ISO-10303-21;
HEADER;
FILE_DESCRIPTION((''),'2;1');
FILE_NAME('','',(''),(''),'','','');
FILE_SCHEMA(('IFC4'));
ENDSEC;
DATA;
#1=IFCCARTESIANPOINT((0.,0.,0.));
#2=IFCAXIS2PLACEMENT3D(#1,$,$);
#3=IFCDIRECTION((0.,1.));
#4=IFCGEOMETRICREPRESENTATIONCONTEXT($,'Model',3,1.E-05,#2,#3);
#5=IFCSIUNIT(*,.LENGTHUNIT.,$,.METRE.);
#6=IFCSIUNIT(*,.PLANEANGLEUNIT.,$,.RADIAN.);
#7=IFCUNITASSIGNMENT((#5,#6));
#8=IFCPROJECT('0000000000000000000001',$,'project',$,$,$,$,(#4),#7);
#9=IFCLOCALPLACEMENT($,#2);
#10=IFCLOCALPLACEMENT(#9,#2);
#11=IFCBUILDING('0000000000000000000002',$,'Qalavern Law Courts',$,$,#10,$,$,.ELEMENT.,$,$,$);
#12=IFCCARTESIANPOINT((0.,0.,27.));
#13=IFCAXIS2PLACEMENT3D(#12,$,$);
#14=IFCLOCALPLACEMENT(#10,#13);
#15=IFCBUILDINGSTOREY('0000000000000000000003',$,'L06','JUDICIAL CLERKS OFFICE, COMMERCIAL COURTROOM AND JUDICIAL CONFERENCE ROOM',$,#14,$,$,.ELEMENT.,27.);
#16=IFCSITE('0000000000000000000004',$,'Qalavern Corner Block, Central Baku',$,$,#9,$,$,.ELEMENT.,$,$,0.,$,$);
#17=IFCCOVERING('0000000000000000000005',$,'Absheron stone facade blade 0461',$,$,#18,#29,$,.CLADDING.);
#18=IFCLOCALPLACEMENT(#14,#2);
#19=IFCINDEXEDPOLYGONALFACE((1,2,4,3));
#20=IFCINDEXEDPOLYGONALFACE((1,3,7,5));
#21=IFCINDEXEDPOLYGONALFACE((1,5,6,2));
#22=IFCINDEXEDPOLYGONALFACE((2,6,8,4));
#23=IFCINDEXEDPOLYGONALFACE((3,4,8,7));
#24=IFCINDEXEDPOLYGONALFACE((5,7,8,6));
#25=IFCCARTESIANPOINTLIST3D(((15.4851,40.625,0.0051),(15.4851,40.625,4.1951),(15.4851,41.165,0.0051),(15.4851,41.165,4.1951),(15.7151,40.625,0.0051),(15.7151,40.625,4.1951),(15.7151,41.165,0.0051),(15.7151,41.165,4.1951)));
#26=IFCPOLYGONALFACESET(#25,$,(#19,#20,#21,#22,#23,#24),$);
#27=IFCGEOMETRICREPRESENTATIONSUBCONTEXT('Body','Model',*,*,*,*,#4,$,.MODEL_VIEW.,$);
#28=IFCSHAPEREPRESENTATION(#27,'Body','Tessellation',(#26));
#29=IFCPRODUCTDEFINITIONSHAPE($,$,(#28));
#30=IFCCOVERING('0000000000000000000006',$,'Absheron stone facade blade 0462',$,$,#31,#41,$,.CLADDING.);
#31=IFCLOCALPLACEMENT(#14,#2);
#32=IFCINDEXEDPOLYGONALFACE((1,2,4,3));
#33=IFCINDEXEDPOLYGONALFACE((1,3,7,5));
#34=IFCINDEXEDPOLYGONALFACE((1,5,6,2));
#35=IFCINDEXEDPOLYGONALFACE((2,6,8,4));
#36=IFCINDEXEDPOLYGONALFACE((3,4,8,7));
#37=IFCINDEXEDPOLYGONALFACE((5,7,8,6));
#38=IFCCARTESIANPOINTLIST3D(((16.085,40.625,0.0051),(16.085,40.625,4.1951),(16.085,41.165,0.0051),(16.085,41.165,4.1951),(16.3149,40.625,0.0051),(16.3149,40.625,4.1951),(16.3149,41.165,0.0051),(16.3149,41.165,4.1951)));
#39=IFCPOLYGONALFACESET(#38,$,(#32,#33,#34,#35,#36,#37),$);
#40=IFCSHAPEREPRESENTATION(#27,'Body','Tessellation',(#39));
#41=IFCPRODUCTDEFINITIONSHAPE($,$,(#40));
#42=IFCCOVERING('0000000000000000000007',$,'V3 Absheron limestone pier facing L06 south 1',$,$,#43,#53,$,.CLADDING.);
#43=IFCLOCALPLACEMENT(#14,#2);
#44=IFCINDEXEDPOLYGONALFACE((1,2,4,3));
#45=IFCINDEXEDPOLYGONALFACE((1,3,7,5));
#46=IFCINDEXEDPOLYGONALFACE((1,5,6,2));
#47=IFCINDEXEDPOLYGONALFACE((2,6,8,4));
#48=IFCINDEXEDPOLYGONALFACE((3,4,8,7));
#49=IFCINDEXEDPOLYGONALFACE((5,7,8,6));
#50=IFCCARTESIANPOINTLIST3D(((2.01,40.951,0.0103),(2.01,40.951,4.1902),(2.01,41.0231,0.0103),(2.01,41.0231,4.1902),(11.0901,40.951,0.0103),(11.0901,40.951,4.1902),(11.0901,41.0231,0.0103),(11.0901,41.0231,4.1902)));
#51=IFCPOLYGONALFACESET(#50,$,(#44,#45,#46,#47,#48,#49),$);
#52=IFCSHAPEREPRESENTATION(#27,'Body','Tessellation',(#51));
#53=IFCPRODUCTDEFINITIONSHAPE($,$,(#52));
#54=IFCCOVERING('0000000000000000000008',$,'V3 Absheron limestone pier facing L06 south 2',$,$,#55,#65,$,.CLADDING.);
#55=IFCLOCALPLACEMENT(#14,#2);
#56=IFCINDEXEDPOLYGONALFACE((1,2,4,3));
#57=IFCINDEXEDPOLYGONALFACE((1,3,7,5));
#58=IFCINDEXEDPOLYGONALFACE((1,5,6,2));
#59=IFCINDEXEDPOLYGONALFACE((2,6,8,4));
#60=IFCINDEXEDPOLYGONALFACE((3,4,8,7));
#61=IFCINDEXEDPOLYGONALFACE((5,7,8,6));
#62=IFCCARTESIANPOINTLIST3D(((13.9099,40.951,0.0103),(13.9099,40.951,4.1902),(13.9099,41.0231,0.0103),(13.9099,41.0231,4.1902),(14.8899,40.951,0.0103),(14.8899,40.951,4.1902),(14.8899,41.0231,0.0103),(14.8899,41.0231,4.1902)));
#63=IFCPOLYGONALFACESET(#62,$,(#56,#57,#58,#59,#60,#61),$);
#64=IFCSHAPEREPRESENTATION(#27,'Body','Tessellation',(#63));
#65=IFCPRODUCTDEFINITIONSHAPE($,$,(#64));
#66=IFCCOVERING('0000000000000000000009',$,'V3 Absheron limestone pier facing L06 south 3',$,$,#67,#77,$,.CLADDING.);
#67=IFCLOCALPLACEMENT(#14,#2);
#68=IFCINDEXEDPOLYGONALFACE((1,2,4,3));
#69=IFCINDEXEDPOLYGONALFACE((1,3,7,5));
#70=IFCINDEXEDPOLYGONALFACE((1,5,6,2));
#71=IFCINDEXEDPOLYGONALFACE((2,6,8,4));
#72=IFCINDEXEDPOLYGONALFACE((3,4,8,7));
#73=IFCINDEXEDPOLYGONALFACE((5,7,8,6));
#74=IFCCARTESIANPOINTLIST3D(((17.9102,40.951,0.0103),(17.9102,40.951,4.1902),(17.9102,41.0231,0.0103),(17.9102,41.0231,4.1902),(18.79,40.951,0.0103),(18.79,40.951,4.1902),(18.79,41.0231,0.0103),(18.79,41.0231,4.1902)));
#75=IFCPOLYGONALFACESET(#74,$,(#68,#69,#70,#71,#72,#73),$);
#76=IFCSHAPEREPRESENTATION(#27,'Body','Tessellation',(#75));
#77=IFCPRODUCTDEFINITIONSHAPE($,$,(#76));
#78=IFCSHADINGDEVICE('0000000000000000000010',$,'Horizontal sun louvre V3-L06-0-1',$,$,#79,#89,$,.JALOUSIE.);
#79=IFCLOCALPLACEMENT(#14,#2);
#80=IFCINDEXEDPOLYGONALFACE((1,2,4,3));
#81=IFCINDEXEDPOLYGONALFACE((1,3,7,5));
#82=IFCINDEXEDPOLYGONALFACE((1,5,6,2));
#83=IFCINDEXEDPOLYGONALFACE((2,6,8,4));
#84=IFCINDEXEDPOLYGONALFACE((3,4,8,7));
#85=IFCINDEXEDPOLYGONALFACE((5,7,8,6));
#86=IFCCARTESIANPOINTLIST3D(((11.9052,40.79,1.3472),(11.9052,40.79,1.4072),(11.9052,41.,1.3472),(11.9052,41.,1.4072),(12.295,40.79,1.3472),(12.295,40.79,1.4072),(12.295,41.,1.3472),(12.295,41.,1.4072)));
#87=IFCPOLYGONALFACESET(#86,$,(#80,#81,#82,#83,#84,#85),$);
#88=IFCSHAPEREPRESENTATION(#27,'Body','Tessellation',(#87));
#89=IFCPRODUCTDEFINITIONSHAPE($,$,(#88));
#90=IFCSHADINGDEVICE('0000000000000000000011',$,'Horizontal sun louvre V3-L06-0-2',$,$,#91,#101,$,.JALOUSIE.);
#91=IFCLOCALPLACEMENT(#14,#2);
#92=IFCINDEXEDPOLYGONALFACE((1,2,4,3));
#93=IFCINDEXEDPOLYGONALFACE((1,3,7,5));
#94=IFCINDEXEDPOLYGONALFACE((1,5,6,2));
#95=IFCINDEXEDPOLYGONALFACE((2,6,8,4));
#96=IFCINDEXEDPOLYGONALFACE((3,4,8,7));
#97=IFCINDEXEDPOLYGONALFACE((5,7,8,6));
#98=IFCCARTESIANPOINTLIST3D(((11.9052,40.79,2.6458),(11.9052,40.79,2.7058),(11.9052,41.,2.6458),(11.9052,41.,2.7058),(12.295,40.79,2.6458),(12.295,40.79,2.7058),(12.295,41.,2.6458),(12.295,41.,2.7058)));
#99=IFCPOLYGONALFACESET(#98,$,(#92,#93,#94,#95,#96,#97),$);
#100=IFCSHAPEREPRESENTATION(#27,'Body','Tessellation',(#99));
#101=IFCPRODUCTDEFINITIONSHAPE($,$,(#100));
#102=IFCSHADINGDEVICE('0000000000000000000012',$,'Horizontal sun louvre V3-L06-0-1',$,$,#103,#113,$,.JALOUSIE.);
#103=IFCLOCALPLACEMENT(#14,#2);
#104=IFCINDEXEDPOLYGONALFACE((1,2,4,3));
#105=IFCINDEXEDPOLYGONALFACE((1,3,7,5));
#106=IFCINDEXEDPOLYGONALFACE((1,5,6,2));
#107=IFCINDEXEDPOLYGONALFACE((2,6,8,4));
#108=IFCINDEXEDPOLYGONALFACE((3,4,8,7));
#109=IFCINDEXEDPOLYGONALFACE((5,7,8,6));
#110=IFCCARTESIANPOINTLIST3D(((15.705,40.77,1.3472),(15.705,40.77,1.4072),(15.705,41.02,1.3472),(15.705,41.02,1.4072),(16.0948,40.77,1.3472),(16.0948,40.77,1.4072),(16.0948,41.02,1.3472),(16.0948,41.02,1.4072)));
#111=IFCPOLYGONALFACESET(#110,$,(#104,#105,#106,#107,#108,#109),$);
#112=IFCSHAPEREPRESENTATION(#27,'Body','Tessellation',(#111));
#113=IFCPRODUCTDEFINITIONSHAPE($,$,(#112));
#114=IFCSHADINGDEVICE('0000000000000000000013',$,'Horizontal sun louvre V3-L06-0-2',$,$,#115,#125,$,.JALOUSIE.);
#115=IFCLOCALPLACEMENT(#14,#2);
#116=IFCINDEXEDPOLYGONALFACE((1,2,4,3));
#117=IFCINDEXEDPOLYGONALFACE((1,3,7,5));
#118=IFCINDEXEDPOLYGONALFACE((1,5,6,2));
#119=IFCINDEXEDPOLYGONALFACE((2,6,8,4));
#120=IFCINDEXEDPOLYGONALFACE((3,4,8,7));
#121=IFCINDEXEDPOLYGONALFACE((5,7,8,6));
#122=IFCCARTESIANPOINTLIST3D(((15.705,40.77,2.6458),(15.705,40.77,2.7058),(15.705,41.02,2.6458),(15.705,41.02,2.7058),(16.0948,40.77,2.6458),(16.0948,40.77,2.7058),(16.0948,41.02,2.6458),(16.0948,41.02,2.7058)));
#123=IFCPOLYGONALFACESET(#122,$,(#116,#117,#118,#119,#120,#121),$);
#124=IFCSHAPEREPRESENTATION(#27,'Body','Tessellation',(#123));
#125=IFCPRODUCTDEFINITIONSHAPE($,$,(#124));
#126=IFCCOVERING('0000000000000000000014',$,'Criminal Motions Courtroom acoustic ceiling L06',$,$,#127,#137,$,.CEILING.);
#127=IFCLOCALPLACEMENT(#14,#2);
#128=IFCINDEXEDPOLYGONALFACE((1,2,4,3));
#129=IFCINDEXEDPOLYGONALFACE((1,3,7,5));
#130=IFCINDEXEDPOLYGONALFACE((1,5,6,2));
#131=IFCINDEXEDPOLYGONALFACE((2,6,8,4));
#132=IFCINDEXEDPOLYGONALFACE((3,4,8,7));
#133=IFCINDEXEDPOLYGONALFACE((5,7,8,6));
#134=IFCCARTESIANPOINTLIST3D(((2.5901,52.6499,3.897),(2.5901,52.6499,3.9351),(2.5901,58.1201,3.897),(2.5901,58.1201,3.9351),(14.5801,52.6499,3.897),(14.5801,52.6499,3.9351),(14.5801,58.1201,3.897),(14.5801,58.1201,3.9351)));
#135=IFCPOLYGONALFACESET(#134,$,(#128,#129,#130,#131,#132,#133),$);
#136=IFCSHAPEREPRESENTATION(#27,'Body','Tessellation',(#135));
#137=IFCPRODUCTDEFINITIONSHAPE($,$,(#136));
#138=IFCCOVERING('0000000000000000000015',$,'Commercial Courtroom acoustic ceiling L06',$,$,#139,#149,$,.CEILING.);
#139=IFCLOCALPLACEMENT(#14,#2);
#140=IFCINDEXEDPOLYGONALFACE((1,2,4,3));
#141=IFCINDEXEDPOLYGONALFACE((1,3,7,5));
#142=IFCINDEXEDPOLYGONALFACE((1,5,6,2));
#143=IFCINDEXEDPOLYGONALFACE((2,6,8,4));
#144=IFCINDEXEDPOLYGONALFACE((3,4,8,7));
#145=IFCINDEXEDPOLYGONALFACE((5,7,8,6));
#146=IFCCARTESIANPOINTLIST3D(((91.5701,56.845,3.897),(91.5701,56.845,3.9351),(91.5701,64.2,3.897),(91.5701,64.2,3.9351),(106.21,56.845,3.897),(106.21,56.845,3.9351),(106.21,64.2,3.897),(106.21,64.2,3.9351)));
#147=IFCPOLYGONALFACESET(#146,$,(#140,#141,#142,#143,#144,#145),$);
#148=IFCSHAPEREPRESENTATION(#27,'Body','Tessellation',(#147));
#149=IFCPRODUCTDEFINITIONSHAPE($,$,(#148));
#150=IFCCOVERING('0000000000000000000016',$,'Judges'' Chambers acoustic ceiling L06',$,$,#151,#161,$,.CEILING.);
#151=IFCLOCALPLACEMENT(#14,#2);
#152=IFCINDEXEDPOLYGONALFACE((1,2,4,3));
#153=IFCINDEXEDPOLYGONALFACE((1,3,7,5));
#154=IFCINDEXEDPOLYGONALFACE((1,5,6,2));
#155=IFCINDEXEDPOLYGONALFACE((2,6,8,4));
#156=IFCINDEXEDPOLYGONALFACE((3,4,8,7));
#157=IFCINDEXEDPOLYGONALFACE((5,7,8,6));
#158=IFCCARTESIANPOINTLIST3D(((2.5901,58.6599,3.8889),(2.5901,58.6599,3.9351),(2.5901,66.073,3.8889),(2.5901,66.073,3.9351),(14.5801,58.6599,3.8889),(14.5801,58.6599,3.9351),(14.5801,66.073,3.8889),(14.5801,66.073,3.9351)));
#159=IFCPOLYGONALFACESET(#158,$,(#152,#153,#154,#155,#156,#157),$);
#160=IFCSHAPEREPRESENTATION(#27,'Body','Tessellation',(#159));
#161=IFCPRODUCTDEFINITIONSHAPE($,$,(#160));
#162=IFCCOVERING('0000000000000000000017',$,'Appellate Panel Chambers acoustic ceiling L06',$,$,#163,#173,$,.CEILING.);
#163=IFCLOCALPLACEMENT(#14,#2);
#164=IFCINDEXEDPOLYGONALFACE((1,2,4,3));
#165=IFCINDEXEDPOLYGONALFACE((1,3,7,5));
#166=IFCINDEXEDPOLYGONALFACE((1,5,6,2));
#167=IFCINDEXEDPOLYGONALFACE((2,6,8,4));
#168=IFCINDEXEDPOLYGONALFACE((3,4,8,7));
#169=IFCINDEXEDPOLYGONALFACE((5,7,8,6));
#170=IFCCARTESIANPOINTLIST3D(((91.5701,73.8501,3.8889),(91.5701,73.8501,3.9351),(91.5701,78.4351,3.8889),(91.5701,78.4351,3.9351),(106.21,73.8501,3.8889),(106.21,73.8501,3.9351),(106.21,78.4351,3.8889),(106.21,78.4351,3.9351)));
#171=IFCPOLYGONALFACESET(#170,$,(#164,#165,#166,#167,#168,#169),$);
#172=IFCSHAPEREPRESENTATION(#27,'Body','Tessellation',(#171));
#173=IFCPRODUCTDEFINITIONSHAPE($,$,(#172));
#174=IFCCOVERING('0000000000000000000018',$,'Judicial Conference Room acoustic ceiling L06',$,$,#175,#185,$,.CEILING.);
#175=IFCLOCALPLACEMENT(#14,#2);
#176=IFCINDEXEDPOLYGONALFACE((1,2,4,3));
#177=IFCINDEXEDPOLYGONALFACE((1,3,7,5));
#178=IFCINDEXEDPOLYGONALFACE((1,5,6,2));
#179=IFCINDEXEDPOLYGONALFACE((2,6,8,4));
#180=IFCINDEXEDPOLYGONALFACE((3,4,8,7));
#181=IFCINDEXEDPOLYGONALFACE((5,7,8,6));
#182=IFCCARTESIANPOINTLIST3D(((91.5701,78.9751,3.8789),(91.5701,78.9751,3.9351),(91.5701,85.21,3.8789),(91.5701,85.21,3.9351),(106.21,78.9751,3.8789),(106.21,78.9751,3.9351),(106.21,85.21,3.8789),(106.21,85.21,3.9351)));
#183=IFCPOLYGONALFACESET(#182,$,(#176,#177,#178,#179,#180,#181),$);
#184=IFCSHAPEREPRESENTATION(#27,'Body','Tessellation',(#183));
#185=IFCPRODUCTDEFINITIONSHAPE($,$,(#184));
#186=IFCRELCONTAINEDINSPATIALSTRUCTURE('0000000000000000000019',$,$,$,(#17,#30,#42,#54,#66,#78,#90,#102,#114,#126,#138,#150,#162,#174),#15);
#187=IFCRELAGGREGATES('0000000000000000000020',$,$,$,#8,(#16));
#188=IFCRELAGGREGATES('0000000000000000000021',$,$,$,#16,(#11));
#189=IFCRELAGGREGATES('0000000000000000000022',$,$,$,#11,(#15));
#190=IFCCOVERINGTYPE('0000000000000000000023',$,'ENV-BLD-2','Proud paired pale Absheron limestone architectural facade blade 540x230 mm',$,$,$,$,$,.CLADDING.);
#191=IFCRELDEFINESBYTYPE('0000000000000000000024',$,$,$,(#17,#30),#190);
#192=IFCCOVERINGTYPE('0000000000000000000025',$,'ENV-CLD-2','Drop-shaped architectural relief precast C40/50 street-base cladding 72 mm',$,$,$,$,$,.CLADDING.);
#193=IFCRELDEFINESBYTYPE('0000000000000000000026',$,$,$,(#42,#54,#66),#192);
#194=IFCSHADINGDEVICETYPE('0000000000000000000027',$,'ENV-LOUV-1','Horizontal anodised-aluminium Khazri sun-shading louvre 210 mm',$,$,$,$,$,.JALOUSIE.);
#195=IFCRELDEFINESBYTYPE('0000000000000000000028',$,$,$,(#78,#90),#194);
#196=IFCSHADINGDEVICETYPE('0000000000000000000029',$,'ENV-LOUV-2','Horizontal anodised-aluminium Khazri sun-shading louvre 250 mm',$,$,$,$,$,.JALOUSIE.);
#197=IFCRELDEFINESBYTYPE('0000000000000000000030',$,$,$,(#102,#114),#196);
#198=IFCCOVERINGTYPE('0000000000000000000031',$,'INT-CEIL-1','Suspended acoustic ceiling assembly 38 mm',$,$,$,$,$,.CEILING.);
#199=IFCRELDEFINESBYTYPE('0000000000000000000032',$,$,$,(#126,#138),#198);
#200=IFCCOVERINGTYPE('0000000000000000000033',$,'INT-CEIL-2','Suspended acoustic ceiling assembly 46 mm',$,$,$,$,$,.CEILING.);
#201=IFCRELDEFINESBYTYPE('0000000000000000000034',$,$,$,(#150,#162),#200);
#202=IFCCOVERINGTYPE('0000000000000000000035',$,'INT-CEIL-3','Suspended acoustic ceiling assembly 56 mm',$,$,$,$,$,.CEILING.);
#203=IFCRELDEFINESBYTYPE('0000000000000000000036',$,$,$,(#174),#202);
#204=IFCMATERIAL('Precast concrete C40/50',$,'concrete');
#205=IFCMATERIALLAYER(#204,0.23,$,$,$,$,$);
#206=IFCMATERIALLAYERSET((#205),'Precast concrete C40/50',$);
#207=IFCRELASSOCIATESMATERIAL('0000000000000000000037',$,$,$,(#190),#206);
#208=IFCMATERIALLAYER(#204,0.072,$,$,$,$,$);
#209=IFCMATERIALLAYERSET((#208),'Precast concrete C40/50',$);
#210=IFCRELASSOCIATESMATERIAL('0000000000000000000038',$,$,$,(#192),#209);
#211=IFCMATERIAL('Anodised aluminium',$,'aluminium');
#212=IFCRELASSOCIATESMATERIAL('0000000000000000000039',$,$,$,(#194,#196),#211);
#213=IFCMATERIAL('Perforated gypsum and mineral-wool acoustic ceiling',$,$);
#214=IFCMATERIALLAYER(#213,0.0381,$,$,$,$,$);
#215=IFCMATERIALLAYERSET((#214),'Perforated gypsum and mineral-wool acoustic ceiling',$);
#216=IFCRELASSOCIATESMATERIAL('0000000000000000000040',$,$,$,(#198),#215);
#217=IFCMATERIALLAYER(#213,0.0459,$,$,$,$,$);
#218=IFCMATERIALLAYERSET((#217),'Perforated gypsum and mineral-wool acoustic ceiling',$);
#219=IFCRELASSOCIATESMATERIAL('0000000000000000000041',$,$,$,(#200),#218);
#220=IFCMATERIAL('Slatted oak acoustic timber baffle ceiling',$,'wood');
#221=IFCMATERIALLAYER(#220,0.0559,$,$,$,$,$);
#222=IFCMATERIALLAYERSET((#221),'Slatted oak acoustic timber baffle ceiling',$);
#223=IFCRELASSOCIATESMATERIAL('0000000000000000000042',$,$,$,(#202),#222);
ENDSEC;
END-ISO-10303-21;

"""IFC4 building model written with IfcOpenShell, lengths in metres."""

from ifc_helpers import new_model, si_unit, direction, frame, origin, origin_2d, place, context, subcontext, project, spatial, polyline, rectangle, outline, extrude, material, layer, layer_set, type_object, element, save


model = new_model("IFC4")

# Units and contexts
model_context = context("Model", 3, precision=1e-05, world=origin(), true_north=direction((0.0, 1.0)))
body_context = subcontext(model_context, "Body", "Model", "MODEL_VIEW")
ifc_project = project(units=[si_unit("LENGTHUNIT", "METRE"), si_unit("PLANEANGLEUNIT", "RADIAN")], contexts=[model_context])

# Site, building, storey
site_placement = place(None, origin())
site = spatial("IfcSite", under=ifc_project, at=site_placement, Name="Qalavern Corner Block, Central Baku", CompositionType="ELEMENT", RefElevation=0.0)
building_placement = place(site_placement, origin())
building = spatial("IfcBuilding", under=site, at=building_placement, Name="Qalavern Law Courts", CompositionType="ELEMENT")
storey_placement = place(building_placement, frame((0.0, 0.0, 27.0)))
storey = spatial("IfcBuildingStorey", under=building, at=storey_placement, Name="L06", Description="JUDICIAL CLERKS OFFICE, COMMERCIAL COURTROOM AND JUDICIAL CONFERENCE ROOM", CompositionType="ELEMENT", Elevation=27.0)

# Coverings
ifc_material_1 = material(Name="Precast concrete C40/50", Category="concrete")
ifc_layer_1 = layer(ifc_material_1, 0.23)
ifc_layer_set_1 = layer_set([ifc_layer_1], Name="Precast concrete C40/50")
covering_type_1 = type_object("IfcCoveringType", Name="ENV-BLD-2", Description="Proud paired pale Absheron limestone architectural facade blade 540x230 mm", PredefinedType="CLADDING", material=ifc_layer_set_1)
for number, where, z_axis, x_axis, name in (
    (1, (15.6001, 40.895, 0.0051), (0.0, 0.0, 1.0), (0.0, -1.0, 0.0), "Absheron stone facade blade 0461"),
    (2, (16.2, 40.895, 0.0051), (0.0, 0.0, 1.0), (0.0, -1.0, 0.0), "Absheron stone facade blade 0462"),
):
    element("IfcCovering", number, at=place(storey_placement, frame(where, z_axis=z_axis, x_axis=x_axis)), inside=storey, type_object=covering_type_1, Name=name, PredefinedType="CLADDING", context=body_context, shape_type="SweptSolid", body=[
        extrude(rectangle(XDim=0.54, YDim=0.23, at=origin_2d()), origin(), (0.0, 0.0, 1.0), 4.1899),
    ])
ifc_layer_2 = layer(ifc_material_1, 0.072)
ifc_layer_set_2 = layer_set([ifc_layer_2], Name="Precast concrete C40/50")
covering_type_2 = type_object("IfcCoveringType", Name="ENV-CLD-2", Description="Drop-shaped architectural relief precast C40/50 street-base cladding 72 mm", PredefinedType="CLADDING", material=ifc_layer_set_2)
covering_1_placement = place(storey_placement, frame((6.55, 40.9871, 0.0103), z_axis=(0.0, 0.0, 1.0), x_axis=(1.0, 0.0, 0.0)))
element("IfcCovering", 3, at=covering_1_placement, inside=storey, type_object=covering_type_2, Name="V3 Absheron limestone pier facing L06 south 1", PredefinedType="CLADDING", context=body_context, shape_type="SweptSolid", body=[
    extrude(rectangle(XDim=9.0801, YDim=0.072, at=origin_2d()), origin(), (0.0, 0.0, 1.0), 4.1799),
])
covering_2_placement = place(storey_placement, frame((14.3999, 40.9871, 0.0103), z_axis=(0.0, 0.0, 1.0), x_axis=(1.0, 0.0, 0.0)))
element("IfcCovering", 4, at=covering_2_placement, inside=storey, type_object=covering_type_2, Name="V3 Absheron limestone pier facing L06 south 2", PredefinedType="CLADDING", context=body_context, shape_type="SweptSolid", body=[
    extrude(rectangle(XDim=0.98, YDim=0.072, at=origin_2d()), origin(), (0.0, 0.0, 1.0), 4.1799),
])
covering_3_placement = place(storey_placement, frame((18.3501, 40.9871, 0.0103), z_axis=(0.0, 0.0, 1.0), x_axis=(1.0, 0.0, 0.0)))
element("IfcCovering", 5, at=covering_3_placement, inside=storey, type_object=covering_type_2, Name="V3 Absheron limestone pier facing L06 south 3", PredefinedType="CLADDING", context=body_context, shape_type="SweptSolid", body=[
    extrude(rectangle(XDim=0.8799, YDim=0.072, at=origin_2d()), origin(), (0.0, 0.0, 1.0), 4.1799),
])

# Shading devices
ifc_material_2 = material(Name="Anodised aluminium", Category="aluminium")
shading_device_type_1 = type_object("IfcShadingDeviceType", Name="ENV-LOUV-1", Description="Horizontal anodised-aluminium Khazri sun-shading louvre 210 mm", PredefinedType="JALOUSIE", material=ifc_material_2)
for number, where, z_axis, x_axis, name in (
    (6, (12.1001, 40.895, 1.3472), (0.0, 0.0, 1.0), (1.0, 0.0, 0.0), "Horizontal sun louvre V3-L06-0-1"),
    (7, (12.1001, 40.895, 2.6458), (0.0, 0.0, 1.0), (1.0, 0.0, 0.0), "Horizontal sun louvre V3-L06-0-2"),
):
    element("IfcShadingDevice", number, at=place(storey_placement, frame(where, z_axis=z_axis, x_axis=x_axis)), inside=storey, type_object=shading_device_type_1, Name=name, PredefinedType="JALOUSIE", context=body_context, shape_type="SweptSolid", body=[
        extrude(rectangle(XDim=0.3899, YDim=0.21, at=origin_2d()), origin(), (0.0, 0.0, 1.0), 0.0601),
    ])
shading_device_type_2 = type_object("IfcShadingDeviceType", Name="ENV-LOUV-2", Description="Horizontal anodised-aluminium Khazri sun-shading louvre 250 mm", PredefinedType="JALOUSIE", material=ifc_material_2)
for number, where, z_axis, x_axis, name in (
    (8, (15.8999, 40.895, 1.3472), (0.0, 0.0, 1.0), (1.0, 0.0, 0.0), "Horizontal sun louvre V3-L06-0-1"),
    (9, (15.8999, 40.895, 2.6458), (0.0, 0.0, 1.0), (1.0, 0.0, 0.0), "Horizontal sun louvre V3-L06-0-2"),
):
    element("IfcShadingDevice", number, at=place(storey_placement, frame(where, z_axis=z_axis, x_axis=x_axis)), inside=storey, type_object=shading_device_type_2, Name=name, PredefinedType="JALOUSIE", context=body_context, shape_type="SweptSolid", body=[
        extrude(rectangle(XDim=0.3899, YDim=0.25, at=origin_2d()), origin(), (0.0, 0.0, 1.0), 0.0601),
    ])

# Coverings
ifc_material_3 = material(Name="Perforated gypsum and mineral-wool acoustic ceiling")
ifc_layer_3 = layer(ifc_material_3, 0.0381)
ifc_layer_set_3 = layer_set([ifc_layer_3], Name="Perforated gypsum and mineral-wool acoustic ceiling")
covering_type_3 = type_object("IfcCoveringType", Name="INT-CEIL-1", Description="Suspended acoustic ceiling assembly 38 mm", PredefinedType="CEILING", material=ifc_layer_set_3)
covering_4_placement = place(storey_placement, frame((0.0, 0.0, 3.897)))
element("IfcCovering", 10, at=covering_4_placement, inside=storey, type_object=covering_type_3, Name="Criminal Motions Courtroom acoustic ceiling L06", PredefinedType="CEILING", context=body_context, shape_type="SweptSolid", body=[
    extrude(outline(polyline([(2.5901, 52.6499), (14.5801, 52.6499), (14.5801, 58.1201), (2.5901, 58.1201), (2.5901, 52.6499)])), origin(), (0.0, 0.0, 1.0), 0.0381),
])
covering_5_placement = place(storey_placement, frame((0.0, 0.0, 3.897)))
element("IfcCovering", 11, at=covering_5_placement, inside=storey, type_object=covering_type_3, Name="Commercial Courtroom acoustic ceiling L06", PredefinedType="CEILING", context=body_context, shape_type="SweptSolid", body=[
    extrude(outline(polyline([(91.5701, 56.845), (106.21, 56.845), (106.21, 64.2), (91.5701, 64.2), (91.5701, 56.845)])), origin(), (0.0, 0.0, 1.0), 0.0381),
])
ifc_layer_4 = layer(ifc_material_3, 0.0459)
ifc_layer_set_4 = layer_set([ifc_layer_4], Name="Perforated gypsum and mineral-wool acoustic ceiling")
covering_type_4 = type_object("IfcCoveringType", Name="INT-CEIL-2", Description="Suspended acoustic ceiling assembly 46 mm", PredefinedType="CEILING", material=ifc_layer_set_4)
covering_6_placement = place(storey_placement, frame((0.0, 0.0, 3.8889)))
element("IfcCovering", 12, at=covering_6_placement, inside=storey, type_object=covering_type_4, Name="Judges' Chambers acoustic ceiling L06", PredefinedType="CEILING", context=body_context, shape_type="SweptSolid", body=[
    extrude(outline(polyline([(2.5901, 58.6599), (14.5801, 58.6599), (14.5801, 66.073), (2.5901, 66.073), (2.5901, 58.6599)])), origin(), (0.0, 0.0, 1.0), 0.0461),
])
covering_7_placement = place(storey_placement, frame((0.0, 0.0, 3.8889)))
element("IfcCovering", 13, at=covering_7_placement, inside=storey, type_object=covering_type_4, Name="Appellate Panel Chambers acoustic ceiling L06", PredefinedType="CEILING", context=body_context, shape_type="SweptSolid", body=[
    extrude(outline(polyline([(91.5701, 73.8501), (106.21, 73.8501), (106.21, 78.4351), (91.5701, 78.4351), (91.5701, 73.8501)])), origin(), (0.0, 0.0, 1.0), 0.0461),
])
ifc_material_4 = material(Name="Slatted oak acoustic timber baffle ceiling", Category="wood")
ifc_layer_5 = layer(ifc_material_4, 0.0559)
ifc_layer_set_5 = layer_set([ifc_layer_5], Name="Slatted oak acoustic timber baffle ceiling")
covering_type_5 = type_object("IfcCoveringType", Name="INT-CEIL-3", Description="Suspended acoustic ceiling assembly 56 mm", PredefinedType="CEILING", material=ifc_layer_set_5)
covering_8_placement = place(storey_placement, frame((0.0, 0.0, 3.8789)))
element("IfcCovering", 14, at=covering_8_placement, inside=storey, type_object=covering_type_5, Name="Judicial Conference Room acoustic ceiling L06", PredefinedType="CEILING", context=body_context, shape_type="SweptSolid", body=[
    extrude(outline(polyline([(91.5701, 78.9751), (106.21, 78.9751), (106.21, 85.21), (91.5701, 85.21), (91.5701, 78.9751)])), origin(), (0.0, 0.0, 1.0), 0.0562),
])

save(model, "model.ifc")
